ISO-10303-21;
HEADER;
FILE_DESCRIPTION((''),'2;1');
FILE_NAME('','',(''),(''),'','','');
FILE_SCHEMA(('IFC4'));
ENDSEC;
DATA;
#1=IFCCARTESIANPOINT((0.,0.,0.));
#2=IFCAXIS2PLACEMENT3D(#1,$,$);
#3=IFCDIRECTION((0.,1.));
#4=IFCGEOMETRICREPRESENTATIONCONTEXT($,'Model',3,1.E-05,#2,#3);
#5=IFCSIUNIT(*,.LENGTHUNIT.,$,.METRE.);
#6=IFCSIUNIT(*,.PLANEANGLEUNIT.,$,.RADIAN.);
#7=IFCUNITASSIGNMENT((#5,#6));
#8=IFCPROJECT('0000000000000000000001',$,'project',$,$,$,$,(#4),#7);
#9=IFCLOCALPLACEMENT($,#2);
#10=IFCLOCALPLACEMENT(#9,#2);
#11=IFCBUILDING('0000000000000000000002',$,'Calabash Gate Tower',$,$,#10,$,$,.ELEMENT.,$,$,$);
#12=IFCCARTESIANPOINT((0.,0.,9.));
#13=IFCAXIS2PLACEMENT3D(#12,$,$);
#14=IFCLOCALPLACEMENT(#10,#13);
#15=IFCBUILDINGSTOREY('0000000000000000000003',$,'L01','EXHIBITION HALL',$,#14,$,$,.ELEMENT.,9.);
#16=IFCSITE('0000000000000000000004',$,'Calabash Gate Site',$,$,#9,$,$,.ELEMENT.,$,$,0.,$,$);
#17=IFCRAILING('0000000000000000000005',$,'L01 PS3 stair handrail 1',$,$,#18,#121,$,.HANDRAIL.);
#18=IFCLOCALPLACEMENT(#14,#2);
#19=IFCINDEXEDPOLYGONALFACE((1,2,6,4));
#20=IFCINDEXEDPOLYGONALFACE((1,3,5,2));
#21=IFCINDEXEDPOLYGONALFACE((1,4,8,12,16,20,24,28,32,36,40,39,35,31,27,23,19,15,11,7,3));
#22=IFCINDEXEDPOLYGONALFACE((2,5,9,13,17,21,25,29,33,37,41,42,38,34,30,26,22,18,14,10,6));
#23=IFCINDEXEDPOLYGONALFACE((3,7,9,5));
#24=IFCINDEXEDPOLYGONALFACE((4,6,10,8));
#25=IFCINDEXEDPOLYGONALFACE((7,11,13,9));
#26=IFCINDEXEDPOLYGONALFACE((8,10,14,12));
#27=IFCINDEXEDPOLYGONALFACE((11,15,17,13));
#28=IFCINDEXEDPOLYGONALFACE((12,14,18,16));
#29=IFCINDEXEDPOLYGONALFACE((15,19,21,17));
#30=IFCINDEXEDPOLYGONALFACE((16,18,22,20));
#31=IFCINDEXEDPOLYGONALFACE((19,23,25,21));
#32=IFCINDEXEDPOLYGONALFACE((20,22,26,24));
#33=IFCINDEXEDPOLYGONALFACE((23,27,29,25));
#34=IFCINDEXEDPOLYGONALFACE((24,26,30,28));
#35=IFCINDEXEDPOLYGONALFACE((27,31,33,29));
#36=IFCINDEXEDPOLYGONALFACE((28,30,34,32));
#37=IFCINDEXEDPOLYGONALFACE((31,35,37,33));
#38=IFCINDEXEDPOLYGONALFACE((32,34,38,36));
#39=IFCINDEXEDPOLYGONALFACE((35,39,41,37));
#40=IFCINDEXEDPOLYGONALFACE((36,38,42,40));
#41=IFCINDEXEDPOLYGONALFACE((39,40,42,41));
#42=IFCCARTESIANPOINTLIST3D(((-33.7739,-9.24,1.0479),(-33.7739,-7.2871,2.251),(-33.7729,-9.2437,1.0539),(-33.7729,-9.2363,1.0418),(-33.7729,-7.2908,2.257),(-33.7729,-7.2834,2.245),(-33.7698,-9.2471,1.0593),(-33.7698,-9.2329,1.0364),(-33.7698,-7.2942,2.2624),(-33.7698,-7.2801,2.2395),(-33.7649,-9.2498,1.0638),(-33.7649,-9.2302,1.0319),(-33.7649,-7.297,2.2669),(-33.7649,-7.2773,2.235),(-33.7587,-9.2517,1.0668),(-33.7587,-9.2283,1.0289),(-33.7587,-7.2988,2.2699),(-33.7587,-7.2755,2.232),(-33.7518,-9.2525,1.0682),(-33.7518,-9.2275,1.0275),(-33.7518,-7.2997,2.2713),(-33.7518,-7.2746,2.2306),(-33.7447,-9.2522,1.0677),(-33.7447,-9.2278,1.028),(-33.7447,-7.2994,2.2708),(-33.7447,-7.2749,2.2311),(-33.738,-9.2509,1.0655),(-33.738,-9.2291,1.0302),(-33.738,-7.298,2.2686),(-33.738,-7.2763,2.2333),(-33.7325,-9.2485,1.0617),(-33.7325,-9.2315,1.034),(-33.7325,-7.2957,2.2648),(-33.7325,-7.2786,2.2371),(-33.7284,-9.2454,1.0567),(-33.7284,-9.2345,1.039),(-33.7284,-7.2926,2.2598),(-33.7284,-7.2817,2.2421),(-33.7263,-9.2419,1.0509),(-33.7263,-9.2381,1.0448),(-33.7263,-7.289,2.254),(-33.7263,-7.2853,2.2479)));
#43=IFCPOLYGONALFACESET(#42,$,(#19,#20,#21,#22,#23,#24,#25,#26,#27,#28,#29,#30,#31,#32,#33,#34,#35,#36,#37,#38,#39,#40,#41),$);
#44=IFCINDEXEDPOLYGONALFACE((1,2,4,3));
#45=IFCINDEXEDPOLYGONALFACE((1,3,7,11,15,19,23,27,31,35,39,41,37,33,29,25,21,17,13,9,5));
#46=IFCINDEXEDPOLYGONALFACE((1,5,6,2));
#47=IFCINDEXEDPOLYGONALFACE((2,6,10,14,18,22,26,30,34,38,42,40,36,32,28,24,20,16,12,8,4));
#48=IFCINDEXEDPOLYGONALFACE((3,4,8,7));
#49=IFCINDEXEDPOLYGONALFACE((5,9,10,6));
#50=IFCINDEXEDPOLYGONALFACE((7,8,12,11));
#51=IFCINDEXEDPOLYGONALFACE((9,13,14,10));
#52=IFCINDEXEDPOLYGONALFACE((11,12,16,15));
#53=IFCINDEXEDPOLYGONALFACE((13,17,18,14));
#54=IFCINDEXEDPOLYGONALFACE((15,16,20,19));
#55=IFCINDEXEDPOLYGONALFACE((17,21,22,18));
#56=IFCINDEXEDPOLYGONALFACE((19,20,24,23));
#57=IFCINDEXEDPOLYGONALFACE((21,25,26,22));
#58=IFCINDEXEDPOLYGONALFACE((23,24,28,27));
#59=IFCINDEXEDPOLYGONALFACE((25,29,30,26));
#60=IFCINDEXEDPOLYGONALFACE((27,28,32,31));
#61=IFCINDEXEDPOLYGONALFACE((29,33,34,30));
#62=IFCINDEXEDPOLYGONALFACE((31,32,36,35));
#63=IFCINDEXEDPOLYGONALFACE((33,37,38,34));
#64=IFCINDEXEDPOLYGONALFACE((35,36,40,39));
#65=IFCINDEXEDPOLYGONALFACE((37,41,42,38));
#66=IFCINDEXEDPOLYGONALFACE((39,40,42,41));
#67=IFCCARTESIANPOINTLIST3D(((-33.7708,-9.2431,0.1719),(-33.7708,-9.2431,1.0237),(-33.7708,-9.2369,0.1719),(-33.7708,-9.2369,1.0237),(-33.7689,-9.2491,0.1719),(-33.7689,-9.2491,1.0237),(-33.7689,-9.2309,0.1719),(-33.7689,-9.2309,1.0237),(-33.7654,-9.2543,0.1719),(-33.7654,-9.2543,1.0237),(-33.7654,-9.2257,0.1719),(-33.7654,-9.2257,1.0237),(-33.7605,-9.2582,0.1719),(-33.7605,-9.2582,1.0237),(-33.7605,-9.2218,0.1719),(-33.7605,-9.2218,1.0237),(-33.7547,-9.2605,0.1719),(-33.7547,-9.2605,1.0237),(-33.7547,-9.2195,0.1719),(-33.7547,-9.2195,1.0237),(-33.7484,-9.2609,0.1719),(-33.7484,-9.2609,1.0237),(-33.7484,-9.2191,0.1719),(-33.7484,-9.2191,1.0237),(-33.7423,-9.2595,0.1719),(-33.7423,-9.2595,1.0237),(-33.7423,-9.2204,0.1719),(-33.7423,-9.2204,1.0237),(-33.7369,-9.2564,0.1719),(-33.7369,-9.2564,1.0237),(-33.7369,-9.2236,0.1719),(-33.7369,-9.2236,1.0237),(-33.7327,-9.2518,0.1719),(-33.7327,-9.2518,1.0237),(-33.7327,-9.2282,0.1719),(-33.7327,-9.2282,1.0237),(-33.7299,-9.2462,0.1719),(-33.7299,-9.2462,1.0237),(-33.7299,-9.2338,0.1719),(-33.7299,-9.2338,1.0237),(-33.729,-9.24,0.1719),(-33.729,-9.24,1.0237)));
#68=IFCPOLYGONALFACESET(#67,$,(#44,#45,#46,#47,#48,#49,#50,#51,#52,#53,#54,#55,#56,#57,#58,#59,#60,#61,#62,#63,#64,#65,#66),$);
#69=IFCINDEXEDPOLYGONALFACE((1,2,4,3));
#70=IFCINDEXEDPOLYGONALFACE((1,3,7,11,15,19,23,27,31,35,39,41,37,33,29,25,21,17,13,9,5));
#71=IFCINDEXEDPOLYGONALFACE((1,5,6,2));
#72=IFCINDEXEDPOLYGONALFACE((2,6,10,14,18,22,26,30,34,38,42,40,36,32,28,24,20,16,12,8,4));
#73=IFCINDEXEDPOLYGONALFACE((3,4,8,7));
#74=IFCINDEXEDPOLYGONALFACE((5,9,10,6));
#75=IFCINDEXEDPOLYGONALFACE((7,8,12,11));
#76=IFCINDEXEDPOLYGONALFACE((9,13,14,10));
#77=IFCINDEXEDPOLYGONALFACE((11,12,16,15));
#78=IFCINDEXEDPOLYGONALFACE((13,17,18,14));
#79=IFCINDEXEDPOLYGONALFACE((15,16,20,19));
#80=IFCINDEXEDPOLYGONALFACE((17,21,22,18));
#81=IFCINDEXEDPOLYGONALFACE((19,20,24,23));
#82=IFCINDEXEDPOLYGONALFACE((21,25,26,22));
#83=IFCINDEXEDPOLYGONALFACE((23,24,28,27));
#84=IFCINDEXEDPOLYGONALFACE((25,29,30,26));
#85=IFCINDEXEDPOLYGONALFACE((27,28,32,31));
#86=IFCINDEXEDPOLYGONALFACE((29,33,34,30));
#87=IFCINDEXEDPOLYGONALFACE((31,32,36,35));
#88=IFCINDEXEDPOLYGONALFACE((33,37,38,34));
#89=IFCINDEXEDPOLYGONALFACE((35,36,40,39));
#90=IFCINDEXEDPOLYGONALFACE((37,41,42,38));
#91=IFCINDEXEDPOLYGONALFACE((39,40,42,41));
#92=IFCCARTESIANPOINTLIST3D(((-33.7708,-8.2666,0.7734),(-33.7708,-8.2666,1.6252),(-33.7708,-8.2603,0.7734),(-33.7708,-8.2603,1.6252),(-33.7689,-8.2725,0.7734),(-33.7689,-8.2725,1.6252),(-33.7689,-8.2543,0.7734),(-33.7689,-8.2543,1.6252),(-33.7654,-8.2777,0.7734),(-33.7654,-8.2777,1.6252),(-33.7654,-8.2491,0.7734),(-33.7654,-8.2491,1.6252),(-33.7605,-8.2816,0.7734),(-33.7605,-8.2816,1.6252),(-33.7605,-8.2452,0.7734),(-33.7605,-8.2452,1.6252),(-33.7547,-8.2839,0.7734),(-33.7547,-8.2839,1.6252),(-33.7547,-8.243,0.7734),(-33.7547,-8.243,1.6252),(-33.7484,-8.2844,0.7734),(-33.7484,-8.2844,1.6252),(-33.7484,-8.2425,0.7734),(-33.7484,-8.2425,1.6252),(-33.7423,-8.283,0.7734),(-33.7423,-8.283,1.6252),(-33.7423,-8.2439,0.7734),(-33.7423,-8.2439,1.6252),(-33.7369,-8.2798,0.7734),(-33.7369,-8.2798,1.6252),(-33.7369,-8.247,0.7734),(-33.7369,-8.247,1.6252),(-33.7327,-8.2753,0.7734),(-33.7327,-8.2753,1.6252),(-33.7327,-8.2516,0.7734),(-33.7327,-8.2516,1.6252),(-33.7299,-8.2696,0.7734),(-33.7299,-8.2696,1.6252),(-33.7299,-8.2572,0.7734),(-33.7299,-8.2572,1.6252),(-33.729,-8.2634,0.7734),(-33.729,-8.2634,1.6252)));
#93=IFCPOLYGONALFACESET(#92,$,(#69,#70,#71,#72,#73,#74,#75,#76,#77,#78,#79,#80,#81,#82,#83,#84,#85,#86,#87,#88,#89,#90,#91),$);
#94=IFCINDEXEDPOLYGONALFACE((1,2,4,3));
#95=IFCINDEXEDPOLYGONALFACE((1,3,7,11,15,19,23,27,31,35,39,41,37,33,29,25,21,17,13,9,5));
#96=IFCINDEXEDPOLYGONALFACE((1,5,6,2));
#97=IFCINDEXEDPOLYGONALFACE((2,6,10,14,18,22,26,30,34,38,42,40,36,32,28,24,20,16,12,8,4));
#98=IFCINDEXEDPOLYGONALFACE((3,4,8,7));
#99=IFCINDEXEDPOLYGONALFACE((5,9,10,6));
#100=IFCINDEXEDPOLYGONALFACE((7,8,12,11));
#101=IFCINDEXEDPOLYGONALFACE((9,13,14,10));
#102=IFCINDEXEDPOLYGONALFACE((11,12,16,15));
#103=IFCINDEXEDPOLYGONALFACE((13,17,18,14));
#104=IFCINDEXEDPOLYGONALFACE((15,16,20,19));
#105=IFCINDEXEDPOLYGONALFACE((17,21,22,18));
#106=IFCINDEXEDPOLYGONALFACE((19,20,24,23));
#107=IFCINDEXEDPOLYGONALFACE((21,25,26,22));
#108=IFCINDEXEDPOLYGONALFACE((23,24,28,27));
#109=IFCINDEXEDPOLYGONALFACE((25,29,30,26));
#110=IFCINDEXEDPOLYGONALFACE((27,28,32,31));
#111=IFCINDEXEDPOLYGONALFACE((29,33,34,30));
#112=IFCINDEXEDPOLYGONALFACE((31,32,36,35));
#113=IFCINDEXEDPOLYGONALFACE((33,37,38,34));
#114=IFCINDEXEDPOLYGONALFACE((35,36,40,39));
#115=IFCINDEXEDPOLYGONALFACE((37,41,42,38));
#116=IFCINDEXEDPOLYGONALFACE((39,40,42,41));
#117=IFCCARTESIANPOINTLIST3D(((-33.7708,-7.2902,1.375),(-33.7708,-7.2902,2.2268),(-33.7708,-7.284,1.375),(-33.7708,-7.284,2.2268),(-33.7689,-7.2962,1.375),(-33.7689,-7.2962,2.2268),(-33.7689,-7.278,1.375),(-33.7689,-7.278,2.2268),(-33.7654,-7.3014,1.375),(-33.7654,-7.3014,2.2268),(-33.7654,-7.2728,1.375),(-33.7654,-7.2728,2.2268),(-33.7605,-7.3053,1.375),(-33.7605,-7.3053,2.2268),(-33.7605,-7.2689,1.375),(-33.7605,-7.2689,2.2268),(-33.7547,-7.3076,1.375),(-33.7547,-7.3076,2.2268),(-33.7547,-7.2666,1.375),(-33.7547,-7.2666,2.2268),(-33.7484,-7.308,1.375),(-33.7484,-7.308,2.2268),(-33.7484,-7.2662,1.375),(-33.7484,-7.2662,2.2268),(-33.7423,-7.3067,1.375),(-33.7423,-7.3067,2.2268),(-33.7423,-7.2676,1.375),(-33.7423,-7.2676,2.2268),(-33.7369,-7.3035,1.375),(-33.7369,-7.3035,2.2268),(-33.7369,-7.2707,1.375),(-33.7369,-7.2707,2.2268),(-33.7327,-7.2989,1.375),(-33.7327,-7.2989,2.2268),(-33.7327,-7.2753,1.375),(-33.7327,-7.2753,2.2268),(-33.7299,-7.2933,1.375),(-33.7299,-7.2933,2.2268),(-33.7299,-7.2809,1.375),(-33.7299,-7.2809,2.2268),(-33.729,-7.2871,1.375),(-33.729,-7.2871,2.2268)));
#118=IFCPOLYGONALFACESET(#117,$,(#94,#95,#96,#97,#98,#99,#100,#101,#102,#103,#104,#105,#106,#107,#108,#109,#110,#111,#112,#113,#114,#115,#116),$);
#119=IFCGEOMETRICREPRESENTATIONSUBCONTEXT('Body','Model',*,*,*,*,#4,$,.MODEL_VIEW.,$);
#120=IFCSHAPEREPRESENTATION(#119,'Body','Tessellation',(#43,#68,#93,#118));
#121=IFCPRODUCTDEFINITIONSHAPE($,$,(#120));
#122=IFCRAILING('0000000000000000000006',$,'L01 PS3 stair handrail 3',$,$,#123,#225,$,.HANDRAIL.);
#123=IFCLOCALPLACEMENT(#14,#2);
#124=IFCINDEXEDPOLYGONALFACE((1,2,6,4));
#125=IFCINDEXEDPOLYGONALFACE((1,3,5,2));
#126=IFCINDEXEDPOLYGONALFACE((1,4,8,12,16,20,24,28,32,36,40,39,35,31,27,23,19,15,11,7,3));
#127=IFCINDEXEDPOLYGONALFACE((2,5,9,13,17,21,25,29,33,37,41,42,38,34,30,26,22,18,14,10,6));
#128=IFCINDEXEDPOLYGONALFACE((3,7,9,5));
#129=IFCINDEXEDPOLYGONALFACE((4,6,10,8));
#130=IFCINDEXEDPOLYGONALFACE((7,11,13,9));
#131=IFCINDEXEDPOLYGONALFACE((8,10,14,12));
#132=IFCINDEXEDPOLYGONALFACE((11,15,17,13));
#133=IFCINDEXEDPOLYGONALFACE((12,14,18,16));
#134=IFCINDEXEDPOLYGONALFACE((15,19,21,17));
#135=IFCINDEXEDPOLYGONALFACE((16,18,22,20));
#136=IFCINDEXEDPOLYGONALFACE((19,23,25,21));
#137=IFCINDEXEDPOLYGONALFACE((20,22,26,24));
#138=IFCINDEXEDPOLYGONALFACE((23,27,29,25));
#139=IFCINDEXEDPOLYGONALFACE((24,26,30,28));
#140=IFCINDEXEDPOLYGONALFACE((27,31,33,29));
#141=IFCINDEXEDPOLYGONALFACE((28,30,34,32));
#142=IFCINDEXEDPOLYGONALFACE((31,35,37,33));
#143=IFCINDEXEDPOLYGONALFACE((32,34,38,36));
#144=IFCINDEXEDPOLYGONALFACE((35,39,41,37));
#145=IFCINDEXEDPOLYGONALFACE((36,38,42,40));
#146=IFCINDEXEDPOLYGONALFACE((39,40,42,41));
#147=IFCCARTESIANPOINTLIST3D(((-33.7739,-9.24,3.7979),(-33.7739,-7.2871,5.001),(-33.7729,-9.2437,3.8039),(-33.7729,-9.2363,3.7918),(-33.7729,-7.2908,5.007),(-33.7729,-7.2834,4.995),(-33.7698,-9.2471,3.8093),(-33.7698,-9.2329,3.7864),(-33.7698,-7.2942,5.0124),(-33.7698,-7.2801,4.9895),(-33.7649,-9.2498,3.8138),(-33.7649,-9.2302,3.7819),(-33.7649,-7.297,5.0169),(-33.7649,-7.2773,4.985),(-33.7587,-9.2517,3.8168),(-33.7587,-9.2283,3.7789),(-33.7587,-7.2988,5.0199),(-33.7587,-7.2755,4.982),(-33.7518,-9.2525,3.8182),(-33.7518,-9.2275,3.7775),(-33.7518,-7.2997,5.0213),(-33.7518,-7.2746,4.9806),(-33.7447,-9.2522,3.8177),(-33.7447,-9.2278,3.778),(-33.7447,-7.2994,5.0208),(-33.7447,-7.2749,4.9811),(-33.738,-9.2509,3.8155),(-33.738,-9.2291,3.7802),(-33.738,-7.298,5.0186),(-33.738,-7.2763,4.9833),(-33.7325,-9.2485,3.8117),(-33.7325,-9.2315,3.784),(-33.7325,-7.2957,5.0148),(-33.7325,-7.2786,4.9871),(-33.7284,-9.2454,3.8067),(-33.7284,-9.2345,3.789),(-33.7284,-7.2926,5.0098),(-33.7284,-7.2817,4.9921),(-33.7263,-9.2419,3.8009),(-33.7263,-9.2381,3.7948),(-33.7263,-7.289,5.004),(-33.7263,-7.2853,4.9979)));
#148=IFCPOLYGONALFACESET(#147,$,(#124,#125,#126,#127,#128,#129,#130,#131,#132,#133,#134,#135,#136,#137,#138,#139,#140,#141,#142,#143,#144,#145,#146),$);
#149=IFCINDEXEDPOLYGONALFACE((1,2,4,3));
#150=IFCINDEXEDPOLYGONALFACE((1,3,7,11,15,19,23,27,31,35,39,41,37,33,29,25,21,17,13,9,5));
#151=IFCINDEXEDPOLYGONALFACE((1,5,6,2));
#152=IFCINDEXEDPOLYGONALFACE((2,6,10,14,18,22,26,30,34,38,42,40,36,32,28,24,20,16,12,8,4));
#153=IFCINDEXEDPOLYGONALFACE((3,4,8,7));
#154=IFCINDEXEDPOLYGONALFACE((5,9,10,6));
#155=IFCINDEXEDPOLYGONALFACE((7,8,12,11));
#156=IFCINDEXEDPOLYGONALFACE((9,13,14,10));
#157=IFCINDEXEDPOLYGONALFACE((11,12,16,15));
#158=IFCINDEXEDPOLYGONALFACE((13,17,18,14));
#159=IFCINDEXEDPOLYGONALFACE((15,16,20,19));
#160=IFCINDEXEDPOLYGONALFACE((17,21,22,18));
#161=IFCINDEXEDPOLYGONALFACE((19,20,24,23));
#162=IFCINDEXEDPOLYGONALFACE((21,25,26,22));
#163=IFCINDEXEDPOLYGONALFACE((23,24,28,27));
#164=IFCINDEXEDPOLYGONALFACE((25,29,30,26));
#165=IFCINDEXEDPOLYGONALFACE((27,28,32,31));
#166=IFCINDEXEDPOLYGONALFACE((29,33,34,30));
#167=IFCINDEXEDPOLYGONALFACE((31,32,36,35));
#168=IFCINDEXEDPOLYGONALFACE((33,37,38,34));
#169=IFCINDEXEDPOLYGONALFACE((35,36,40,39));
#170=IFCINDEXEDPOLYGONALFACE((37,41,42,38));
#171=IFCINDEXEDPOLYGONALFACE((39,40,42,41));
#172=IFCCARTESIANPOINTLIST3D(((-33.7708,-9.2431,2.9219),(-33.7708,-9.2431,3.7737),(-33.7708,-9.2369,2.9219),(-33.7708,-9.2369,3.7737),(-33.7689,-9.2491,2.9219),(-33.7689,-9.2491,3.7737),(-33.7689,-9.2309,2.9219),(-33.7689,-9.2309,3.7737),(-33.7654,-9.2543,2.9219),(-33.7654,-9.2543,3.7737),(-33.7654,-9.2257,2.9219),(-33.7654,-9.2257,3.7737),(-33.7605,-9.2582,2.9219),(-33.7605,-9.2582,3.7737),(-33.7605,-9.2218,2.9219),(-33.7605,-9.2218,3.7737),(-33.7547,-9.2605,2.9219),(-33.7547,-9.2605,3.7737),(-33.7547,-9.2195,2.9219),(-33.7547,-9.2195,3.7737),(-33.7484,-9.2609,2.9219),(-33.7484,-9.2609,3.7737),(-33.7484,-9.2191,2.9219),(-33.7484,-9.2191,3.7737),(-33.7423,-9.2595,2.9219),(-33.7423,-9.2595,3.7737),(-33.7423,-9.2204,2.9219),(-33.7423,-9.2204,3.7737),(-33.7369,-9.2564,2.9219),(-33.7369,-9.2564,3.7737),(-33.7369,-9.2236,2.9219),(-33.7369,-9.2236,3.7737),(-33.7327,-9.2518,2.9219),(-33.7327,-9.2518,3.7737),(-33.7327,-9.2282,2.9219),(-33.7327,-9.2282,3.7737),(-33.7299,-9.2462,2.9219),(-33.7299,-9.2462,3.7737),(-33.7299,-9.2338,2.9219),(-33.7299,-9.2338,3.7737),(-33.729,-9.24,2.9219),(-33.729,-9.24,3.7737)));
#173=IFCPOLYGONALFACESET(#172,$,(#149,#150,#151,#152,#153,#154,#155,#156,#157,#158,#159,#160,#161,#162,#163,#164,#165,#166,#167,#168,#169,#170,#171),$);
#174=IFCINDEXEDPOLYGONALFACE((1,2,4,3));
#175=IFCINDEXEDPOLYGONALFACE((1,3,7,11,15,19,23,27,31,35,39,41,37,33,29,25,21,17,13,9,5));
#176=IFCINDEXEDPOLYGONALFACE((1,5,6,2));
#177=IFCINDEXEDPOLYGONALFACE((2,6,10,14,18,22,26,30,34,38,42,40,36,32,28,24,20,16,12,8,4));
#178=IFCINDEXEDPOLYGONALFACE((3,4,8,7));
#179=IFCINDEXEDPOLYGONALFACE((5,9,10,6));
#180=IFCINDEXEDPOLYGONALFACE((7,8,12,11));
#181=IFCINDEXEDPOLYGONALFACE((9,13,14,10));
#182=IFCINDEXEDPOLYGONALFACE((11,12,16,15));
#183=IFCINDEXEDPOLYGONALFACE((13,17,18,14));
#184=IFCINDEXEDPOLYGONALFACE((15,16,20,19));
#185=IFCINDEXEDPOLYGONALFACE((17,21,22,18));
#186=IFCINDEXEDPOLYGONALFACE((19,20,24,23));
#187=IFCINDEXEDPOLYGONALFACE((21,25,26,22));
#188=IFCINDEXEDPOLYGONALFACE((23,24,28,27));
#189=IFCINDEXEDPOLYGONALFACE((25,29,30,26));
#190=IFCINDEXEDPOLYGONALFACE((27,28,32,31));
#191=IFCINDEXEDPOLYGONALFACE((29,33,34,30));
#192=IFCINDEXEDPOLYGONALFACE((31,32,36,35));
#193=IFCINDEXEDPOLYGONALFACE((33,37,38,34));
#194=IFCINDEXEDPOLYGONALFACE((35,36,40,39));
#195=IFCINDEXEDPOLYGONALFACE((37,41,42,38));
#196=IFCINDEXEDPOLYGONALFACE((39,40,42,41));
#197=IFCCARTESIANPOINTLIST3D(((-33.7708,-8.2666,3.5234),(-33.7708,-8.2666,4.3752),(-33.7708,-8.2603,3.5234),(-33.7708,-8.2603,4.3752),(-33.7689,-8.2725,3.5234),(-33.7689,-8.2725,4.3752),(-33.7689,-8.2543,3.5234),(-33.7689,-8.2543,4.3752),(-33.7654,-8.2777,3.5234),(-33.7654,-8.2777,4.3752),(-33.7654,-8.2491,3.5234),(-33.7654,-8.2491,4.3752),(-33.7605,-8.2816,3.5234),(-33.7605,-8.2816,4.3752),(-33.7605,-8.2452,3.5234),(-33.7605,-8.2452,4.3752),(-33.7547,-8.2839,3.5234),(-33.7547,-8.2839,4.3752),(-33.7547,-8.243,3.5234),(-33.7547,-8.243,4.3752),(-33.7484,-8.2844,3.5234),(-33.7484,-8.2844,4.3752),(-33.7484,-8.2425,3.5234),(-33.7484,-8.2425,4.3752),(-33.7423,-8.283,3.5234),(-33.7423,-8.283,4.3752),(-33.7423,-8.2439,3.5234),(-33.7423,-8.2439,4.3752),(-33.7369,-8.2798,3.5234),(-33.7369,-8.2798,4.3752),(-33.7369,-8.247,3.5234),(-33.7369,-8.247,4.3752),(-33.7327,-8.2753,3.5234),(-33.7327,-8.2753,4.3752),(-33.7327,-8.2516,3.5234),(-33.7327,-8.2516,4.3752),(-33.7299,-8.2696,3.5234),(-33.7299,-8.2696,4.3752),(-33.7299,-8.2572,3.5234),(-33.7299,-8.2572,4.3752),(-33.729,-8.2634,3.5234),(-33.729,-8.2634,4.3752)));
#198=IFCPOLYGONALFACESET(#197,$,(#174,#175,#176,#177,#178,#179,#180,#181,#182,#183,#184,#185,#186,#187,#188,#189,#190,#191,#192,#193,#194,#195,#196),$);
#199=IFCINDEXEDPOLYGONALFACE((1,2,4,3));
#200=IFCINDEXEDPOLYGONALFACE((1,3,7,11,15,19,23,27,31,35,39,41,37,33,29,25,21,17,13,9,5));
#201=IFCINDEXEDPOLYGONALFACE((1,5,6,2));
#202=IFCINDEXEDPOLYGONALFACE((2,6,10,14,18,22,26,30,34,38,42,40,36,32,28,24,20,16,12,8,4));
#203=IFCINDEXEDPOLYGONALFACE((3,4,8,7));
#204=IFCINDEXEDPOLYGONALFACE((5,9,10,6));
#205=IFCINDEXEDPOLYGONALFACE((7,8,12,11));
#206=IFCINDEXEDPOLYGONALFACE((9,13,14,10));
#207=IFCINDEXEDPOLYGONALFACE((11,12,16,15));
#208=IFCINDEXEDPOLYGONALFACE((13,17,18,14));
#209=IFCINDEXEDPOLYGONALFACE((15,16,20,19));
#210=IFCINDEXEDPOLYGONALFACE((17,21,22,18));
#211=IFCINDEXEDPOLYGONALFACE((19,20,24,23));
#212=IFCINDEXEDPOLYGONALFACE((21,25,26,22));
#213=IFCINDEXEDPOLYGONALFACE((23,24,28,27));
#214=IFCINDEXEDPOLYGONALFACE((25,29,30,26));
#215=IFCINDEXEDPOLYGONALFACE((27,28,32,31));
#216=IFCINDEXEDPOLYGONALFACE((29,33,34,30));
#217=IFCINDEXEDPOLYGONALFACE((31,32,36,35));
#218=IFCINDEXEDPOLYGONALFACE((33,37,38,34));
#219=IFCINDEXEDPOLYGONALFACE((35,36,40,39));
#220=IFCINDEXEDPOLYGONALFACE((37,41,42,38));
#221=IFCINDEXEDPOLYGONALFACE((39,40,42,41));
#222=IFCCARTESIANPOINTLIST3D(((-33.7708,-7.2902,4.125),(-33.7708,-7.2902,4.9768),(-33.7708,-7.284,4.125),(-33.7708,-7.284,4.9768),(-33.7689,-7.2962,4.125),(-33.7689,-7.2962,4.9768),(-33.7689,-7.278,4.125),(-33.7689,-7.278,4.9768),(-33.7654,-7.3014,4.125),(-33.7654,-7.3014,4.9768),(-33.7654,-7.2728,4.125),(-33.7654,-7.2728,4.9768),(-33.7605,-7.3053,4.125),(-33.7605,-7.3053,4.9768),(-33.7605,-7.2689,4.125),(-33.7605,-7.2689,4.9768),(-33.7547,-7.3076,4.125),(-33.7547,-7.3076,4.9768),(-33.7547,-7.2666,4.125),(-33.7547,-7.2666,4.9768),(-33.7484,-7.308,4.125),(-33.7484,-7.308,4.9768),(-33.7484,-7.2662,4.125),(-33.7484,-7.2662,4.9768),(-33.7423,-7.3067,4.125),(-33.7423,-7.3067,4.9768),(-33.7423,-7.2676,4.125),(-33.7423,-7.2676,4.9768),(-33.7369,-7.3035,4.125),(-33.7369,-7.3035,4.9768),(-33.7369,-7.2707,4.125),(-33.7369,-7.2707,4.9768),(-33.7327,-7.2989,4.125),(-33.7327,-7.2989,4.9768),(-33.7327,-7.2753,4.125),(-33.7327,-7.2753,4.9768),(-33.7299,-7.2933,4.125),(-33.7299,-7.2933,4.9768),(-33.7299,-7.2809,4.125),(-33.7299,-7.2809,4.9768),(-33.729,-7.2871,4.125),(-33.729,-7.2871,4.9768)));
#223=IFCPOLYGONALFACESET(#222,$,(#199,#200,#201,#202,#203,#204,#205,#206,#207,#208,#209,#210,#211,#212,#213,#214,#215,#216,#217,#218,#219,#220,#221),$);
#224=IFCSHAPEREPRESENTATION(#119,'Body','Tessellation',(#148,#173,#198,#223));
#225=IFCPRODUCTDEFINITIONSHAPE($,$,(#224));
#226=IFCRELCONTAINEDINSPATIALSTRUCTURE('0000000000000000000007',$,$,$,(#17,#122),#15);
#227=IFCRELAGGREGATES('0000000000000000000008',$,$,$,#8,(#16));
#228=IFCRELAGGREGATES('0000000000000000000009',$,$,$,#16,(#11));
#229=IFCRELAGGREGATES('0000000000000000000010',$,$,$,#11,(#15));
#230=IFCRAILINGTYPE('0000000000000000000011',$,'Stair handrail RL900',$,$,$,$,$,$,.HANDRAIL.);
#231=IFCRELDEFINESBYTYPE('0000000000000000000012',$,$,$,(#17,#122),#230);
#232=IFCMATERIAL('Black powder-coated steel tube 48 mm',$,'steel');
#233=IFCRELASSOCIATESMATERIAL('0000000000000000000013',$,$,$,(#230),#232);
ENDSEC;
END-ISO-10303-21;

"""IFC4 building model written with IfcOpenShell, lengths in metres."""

from ifc_helpers import new_model, si_unit, direction, frame, origin, origin_2d, place, context, subcontext, project, spatial, circle, extrude, material, type_object, element, save


model = new_model("IFC4")

# Units and contexts
model_context = context("Model", 3, precision=1e-05, world=origin(), true_north=direction((0.0, 1.0)))
body_context = subcontext(model_context, "Body", "Model", "MODEL_VIEW")
ifc_project = project(units=[si_unit("LENGTHUNIT", "METRE"), si_unit("PLANEANGLEUNIT", "RADIAN")], contexts=[model_context])

# Site, building, storey
site_placement = place(None, origin())
site = spatial("IfcSite", under=ifc_project, at=site_placement, Name="Calabash Gate Site", CompositionType="ELEMENT", RefElevation=0.0)
building_placement = place(site_placement, origin())
building = spatial("IfcBuilding", under=site, at=building_placement, Name="Calabash Gate Tower", CompositionType="ELEMENT")
storey_placement = place(building_placement, frame((0.0, 0.0, 9.0)))
storey = spatial("IfcBuildingStorey", under=building, at=storey_placement, Name="L01", Description="EXHIBITION HALL", CompositionType="ELEMENT", Elevation=9.0)

# Railings
ifc_material_1 = material(Name="Black powder-coated steel tube 48 mm", Category="steel")
railing_type_1 = type_object("IfcRailingType", Name="Stair handrail RL900", PredefinedType="HANDRAIL", material=ifc_material_1)
for number, where, name in (
    (1, (-33.75, -9.24, 0.1719), "L01 PS3 stair handrail 1"),
    (2, (-33.75, -9.24, 2.9219), "L01 PS3 stair handrail 3"),
):
    element("IfcRailing", number, at=place(storey_placement, frame(where)), inside=storey, type_object=railing_type_1, Name=name, PredefinedType="HANDRAIL", context=body_context, shape_type="SweptSolid", body=[
        extrude(circle(Radius=0.0239, at=origin_2d()), frame((0.0, 0.0, 0.876), z_axis=(0.0, 0.851395, 0.524525), x_axis=(-1.0, 0.0, 0.0)), (0.0, 0.0, 1.0), 2.2937),
        extrude(circle(Radius=0.021, at=origin_2d()), origin(), (0.0, 0.0, 1.0), 0.8518),
        extrude(circle(Radius=0.021, at=origin_2d()), frame((0.0, 0.9766, 0.6016)), (0.0, 0.0, 1.0), 0.8518),
        extrude(circle(Radius=0.021, at=origin_2d()), frame((0.0, 1.9529, 1.2031)), (0.0, 0.0, 1.0), 0.8518),
    ])

save(model, "model.ifc")
